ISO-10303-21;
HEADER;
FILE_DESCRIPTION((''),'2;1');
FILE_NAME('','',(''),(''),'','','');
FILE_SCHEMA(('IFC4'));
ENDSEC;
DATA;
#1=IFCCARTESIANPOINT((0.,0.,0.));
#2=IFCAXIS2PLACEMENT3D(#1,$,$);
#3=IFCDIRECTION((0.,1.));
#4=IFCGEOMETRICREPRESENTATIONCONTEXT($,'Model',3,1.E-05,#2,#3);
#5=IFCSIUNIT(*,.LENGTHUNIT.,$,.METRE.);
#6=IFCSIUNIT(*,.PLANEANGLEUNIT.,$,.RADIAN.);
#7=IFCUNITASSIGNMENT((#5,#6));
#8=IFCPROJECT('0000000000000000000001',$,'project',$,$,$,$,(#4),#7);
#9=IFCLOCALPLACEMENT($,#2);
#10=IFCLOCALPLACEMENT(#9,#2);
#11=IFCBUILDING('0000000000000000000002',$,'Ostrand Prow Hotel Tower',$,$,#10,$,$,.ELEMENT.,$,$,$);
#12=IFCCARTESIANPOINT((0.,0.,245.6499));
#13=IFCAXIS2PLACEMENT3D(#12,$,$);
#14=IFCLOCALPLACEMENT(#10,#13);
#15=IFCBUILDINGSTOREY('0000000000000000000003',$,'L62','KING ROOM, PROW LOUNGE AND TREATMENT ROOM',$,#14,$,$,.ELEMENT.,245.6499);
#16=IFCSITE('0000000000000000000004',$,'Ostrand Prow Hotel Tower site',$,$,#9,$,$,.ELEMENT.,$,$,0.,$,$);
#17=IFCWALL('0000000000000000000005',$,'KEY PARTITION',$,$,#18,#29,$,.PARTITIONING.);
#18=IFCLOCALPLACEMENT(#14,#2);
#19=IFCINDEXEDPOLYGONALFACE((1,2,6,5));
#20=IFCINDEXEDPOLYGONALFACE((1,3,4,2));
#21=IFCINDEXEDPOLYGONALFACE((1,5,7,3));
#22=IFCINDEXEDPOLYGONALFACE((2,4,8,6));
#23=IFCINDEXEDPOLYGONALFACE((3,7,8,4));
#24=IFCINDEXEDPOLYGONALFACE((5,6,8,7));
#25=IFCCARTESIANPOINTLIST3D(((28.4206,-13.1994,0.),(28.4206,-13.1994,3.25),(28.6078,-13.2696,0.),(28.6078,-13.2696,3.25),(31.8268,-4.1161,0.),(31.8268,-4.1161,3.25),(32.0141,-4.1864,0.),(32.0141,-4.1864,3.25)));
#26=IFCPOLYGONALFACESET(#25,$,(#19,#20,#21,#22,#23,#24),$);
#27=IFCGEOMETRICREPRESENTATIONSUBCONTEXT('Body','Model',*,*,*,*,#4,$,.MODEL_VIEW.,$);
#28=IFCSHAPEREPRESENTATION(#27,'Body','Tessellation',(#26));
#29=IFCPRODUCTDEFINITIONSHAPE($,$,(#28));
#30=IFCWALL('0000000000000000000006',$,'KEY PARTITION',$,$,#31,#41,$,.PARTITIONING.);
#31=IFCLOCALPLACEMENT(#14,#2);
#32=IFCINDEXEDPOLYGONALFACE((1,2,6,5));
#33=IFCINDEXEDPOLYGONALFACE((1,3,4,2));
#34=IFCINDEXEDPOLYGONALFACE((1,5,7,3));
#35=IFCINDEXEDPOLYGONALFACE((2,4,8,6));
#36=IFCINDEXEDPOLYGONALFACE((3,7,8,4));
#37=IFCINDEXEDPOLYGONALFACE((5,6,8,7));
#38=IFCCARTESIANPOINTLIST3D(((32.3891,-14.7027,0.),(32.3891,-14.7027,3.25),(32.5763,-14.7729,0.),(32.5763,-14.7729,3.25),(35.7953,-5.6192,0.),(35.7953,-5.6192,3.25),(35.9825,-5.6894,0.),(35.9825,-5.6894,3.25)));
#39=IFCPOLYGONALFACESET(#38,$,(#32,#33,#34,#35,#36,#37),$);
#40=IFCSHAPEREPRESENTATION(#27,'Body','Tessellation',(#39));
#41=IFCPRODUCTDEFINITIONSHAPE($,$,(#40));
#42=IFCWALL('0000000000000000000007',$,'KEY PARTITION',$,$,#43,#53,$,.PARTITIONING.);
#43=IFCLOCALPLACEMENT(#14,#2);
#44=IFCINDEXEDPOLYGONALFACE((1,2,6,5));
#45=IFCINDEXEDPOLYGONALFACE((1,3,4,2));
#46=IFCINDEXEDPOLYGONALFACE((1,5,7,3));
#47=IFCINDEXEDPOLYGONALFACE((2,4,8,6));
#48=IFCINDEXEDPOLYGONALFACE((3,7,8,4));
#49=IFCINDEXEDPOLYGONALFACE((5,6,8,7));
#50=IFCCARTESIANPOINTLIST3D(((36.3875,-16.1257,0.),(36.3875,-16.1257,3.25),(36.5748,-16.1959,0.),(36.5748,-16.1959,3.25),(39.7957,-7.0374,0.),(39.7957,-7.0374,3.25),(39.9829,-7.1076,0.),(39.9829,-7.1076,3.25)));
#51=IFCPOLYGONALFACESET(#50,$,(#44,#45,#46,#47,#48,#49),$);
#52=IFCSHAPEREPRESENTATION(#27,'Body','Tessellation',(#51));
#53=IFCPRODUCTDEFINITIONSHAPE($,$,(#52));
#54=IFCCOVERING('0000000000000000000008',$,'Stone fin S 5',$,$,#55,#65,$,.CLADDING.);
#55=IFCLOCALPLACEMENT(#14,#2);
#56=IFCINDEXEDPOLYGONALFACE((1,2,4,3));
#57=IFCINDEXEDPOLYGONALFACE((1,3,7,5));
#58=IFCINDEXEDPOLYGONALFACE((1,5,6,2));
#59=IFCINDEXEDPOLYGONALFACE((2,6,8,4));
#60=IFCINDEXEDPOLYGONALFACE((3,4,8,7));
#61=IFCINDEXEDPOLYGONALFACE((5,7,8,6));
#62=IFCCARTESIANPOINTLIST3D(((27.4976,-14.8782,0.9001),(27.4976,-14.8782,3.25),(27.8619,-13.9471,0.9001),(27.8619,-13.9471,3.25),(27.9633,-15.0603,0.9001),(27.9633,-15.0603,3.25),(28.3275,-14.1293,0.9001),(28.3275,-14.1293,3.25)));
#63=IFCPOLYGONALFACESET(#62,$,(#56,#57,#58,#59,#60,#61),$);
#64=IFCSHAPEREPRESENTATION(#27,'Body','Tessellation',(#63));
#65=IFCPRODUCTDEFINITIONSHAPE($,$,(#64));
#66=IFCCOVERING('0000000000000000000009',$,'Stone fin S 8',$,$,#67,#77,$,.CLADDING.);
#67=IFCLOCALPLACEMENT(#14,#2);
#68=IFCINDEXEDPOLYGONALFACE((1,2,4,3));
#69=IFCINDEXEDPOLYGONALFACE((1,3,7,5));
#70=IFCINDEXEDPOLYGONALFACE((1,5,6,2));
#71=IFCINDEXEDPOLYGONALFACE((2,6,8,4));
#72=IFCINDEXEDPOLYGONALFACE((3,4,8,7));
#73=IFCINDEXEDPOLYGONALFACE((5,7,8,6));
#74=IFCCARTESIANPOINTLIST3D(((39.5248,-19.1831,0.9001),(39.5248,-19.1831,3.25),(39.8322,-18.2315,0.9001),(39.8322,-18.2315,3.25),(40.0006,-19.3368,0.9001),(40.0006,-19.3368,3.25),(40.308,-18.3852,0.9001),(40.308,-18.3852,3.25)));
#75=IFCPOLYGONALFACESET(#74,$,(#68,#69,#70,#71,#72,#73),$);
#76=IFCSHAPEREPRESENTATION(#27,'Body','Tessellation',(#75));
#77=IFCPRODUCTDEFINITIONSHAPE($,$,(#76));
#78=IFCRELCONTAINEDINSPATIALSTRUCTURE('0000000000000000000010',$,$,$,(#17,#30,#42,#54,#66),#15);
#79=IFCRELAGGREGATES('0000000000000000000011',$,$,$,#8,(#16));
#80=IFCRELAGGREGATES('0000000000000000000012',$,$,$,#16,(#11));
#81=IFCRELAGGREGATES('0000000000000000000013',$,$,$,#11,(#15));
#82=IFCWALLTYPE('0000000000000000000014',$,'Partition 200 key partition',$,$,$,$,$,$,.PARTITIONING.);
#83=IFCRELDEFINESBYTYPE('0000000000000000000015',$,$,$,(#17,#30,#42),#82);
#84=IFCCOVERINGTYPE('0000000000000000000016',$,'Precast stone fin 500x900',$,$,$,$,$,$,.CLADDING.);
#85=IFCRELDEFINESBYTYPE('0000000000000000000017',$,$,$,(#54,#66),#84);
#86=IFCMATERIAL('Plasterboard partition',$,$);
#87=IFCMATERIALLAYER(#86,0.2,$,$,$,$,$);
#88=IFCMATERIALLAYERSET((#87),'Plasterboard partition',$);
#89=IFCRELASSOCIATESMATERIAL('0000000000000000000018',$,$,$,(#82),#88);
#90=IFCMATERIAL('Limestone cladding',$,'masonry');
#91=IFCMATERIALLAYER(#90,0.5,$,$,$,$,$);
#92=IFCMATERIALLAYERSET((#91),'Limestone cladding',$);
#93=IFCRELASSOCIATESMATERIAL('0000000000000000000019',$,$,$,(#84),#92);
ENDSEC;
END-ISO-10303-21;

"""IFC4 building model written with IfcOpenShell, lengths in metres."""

from ifc_helpers import new_model, si_unit, direction, frame, frame_2d, origin, place, context, subcontext, project, spatial, rectangle, extrude, material, layer, layer_set, type_object, element, save


model = new_model("IFC4")

# Units and contexts
model_context = context("Model", 3, precision=1e-05, world=origin(), true_north=direction((0.0, 1.0)))
body_context = subcontext(model_context, "Body", "Model", "MODEL_VIEW")
ifc_project = project(units=[si_unit("LENGTHUNIT", "METRE"), si_unit("PLANEANGLEUNIT", "RADIAN")], contexts=[model_context])

# Site, building, storey
site_placement = place(None, origin())
site = spatial("IfcSite", under=ifc_project, at=site_placement, Name="Ostrand Prow Hotel Tower site", CompositionType="ELEMENT", RefElevation=0.0)
building_placement = place(site_placement, origin())
building = spatial("IfcBuilding", under=site, at=building_placement, Name="Ostrand Prow Hotel Tower", CompositionType="ELEMENT")
storey_placement = place(building_placement, frame((0.0, 0.0, 245.6499)))
storey = spatial("IfcBuildingStorey", under=building, at=storey_placement, Name="L62", Description="KING ROOM, PROW LOUNGE AND TREATMENT ROOM", CompositionType="ELEMENT", Elevation=245.6499)

# Walls
ifc_material_1 = material(Name="Plasterboard partition")
ifc_layer_1 = layer(ifc_material_1, 0.2)
ifc_layer_set_1 = layer_set([ifc_layer_1], Name="Plasterboard partition")
wall_type = type_object("IfcWallType", Name="Partition 200 key partition", PredefinedType="PARTITIONING", material=ifc_layer_set_1)
wall_1_placement = place(storey_placement, frame((28.5142, -13.2346, 0.0), z_axis=(0.0, 0.0, 1.0), x_axis=(0.351126, 0.936328, 0.0)))
element("IfcWall", 1, at=wall_1_placement, inside=storey, type_object=wall_type, Name="KEY PARTITION", PredefinedType="PARTITIONING", context=body_context, shape_type="SweptSolid", body=[
    extrude(rectangle(XDim=9.7009, YDim=0.2, at=frame_2d((4.8506, 0.0))), origin(), (0.0, 0.0, 1.0), 3.25),
])
wall_2_placement = place(storey_placement, frame((32.4827, -14.7378, 0.0), z_axis=(0.0, 0.0, 1.0), x_axis=(0.351118, 0.936331, 0.0)))
element("IfcWall", 2, at=wall_2_placement, inside=storey, type_object=wall_type, Name="KEY PARTITION", PredefinedType="PARTITIONING", context=body_context, shape_type="SweptSolid", body=[
    extrude(rectangle(XDim=9.7012, YDim=0.2, at=frame_2d((4.8506, 0.0))), origin(), (0.0, 0.0, 1.0), 3.25),
])
wall_3_placement = place(storey_placement, frame((36.4812, -16.1606, 0.0), z_axis=(0.0, 0.0, 1.0), x_axis=(0.351129, 0.936327, 0.0)))
element("IfcWall", 3, at=wall_3_placement, inside=storey, type_object=wall_type, Name="KEY PARTITION", PredefinedType="PARTITIONING", context=body_context, shape_type="SweptSolid", body=[
    extrude(rectangle(XDim=9.7063, YDim=0.2, at=frame_2d((4.853, 0.0))), origin(), (0.0, 0.0, 1.0), 3.25),
])

# Coverings
ifc_material_2 = material(Name="Limestone cladding", Category="masonry")
ifc_layer_2 = layer(ifc_material_2, 0.5)
ifc_layer_set_2 = layer_set([ifc_layer_2], Name="Limestone cladding")
covering_type = type_object("IfcCoveringType", Name="Precast stone fin 500x900", PredefinedType="CLADDING", material=ifc_layer_set_2)
covering_1_placement = place(storey_placement, frame((28.0947, -14.0381, 0.9001), z_axis=(0.0, 0.0, 1.0), x_axis=(-0.364307, -0.931279, 0.0)))
element("IfcCovering", 4, at=covering_1_placement, inside=storey, type_object=covering_type, Name="Stone fin S 5", PredefinedType="CLADDING", context=body_context, shape_type="SweptSolid", body=[
    extrude(rectangle(XDim=0.9998, YDim=0.5, at=frame_2d((0.5, 0.0))), origin(), (0.0, 0.0, 1.0), 2.3499),
])
covering_2_placement = place(storey_placement, frame((40.0701, -18.3083, 0.9001), z_axis=(0.0, 0.0, 1.0), x_axis=(-0.307352, -0.951596, 0.0)))
element("IfcCovering", 5, at=covering_2_placement, inside=storey, type_object=covering_type, Name="Stone fin S 8", PredefinedType="CLADDING", context=body_context, shape_type="SweptSolid", body=[
    extrude(rectangle(XDim=1.0, YDim=0.5, at=frame_2d((0.5, 0.0))), origin(), (0.0, 0.0, 1.0), 2.3499),
])

save(model, "model.ifc")
